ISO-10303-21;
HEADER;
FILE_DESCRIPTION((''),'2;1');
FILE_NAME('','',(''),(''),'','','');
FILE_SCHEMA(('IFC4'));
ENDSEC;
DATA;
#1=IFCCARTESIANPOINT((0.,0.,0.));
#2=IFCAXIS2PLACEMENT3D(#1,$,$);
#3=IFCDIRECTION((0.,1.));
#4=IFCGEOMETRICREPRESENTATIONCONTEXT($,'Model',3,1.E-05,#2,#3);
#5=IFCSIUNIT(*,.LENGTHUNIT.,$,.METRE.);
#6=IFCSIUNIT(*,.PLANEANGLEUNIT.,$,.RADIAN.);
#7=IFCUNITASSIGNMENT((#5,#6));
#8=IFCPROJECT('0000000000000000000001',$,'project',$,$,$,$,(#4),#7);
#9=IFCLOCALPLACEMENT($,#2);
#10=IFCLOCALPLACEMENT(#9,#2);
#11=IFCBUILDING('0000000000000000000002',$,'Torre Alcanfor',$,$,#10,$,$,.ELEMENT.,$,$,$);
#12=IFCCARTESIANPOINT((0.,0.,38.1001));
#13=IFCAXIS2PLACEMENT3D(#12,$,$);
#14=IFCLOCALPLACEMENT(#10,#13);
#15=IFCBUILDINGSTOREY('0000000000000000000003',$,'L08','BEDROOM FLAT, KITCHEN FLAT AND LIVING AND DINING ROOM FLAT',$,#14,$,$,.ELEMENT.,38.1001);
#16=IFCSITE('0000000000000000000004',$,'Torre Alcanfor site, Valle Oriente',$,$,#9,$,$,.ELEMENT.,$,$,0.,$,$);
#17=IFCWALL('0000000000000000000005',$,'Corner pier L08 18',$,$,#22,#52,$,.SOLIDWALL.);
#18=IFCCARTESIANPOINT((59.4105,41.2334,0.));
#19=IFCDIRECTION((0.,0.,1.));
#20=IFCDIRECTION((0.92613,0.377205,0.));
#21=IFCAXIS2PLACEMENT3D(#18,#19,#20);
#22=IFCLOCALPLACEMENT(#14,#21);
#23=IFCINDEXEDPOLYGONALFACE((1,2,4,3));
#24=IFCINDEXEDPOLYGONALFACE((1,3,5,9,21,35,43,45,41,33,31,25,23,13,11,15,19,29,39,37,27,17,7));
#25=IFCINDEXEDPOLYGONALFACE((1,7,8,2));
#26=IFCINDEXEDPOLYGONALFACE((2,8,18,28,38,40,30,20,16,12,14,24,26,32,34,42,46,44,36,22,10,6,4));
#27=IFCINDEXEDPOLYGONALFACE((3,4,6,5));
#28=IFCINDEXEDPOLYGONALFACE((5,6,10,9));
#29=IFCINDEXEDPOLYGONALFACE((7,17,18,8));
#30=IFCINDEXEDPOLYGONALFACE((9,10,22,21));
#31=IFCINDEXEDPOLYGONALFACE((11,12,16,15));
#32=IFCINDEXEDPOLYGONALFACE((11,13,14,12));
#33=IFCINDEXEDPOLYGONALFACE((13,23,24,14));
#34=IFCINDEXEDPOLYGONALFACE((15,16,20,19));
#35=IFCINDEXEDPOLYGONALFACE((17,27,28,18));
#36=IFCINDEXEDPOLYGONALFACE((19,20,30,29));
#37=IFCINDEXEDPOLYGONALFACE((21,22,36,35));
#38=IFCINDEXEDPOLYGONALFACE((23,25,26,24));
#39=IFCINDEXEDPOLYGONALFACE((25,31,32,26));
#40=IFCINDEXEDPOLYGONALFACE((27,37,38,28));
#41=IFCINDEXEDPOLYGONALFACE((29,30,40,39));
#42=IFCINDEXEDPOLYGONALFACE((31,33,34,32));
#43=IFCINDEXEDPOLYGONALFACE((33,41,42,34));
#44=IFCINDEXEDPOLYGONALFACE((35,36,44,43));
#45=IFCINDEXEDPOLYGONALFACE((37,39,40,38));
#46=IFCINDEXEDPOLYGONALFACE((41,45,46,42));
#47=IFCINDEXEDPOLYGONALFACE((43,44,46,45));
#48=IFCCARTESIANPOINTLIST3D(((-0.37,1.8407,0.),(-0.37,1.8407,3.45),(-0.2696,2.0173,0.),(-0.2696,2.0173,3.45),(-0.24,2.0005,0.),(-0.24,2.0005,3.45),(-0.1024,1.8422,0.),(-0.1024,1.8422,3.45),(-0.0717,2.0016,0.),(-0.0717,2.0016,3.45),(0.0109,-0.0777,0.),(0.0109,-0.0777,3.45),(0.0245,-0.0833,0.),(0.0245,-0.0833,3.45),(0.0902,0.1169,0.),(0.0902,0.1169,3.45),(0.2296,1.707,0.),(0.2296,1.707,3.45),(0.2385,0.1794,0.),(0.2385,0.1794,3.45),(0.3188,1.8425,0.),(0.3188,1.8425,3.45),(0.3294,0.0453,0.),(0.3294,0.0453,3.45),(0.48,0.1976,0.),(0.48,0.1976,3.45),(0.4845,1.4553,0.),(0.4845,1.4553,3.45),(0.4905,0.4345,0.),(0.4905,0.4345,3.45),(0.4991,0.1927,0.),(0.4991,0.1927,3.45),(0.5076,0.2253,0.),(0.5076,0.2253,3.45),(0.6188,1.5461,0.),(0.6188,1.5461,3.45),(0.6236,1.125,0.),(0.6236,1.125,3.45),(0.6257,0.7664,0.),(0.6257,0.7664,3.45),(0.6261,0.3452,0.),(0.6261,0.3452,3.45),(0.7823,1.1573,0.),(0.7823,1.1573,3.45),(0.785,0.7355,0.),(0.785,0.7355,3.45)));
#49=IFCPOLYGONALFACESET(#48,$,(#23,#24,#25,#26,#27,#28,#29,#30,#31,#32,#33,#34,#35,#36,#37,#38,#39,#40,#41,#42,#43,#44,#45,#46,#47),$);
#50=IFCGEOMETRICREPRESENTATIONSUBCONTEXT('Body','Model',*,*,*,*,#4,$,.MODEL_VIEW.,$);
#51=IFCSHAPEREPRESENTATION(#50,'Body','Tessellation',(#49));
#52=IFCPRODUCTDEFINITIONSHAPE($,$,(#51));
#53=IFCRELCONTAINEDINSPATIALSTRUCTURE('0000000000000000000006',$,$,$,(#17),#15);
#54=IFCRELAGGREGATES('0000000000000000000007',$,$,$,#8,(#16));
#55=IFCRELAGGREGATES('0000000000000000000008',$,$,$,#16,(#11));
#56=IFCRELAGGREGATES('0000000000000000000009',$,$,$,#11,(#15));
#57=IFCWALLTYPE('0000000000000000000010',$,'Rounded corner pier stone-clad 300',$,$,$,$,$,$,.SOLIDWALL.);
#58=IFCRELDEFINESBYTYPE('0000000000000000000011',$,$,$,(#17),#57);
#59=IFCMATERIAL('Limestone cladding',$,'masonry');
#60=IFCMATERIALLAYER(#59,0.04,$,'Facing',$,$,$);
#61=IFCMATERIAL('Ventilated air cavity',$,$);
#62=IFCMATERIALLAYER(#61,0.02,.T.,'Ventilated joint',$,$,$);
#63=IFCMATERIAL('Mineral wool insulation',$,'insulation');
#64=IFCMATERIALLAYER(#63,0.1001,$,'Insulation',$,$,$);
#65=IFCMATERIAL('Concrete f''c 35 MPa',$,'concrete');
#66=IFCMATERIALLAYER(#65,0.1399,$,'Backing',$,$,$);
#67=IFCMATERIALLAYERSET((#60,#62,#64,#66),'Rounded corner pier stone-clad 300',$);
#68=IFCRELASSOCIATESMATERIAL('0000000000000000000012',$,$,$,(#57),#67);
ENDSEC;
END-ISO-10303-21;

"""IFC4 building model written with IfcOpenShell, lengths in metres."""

from ifc_helpers import new_model, si_unit, direction, frame, origin, place, context, subcontext, project, spatial, polyline, outline, extrude, material, layer, layer_set, type_object, element, save


model = new_model("IFC4")

# Units and contexts
model_context = context("Model", 3, precision=1e-05, world=origin(), true_north=direction((0.0, 1.0)))
body_context = subcontext(model_context, "Body", "Model", "MODEL_VIEW")
ifc_project = project(units=[si_unit("LENGTHUNIT", "METRE"), si_unit("PLANEANGLEUNIT", "RADIAN")], contexts=[model_context])

# Site, building, storey
site_placement = place(None, origin())
site = spatial("IfcSite", under=ifc_project, at=site_placement, Name="Torre Alcanfor site, Valle Oriente", CompositionType="ELEMENT", RefElevation=0.0)
building_placement = place(site_placement, origin())
building = spatial("IfcBuilding", under=site, at=building_placement, Name="Torre Alcanfor", CompositionType="ELEMENT")
storey_placement = place(building_placement, frame((0.0, 0.0, 38.1001)))
storey = spatial("IfcBuildingStorey", under=building, at=storey_placement, Name="L08", Description="BEDROOM FLAT, KITCHEN FLAT AND LIVING AND DINING ROOM FLAT", CompositionType="ELEMENT", Elevation=38.1001)

# Shared definitions
ifc_material_1 = material(Name="Limestone cladding", Category="masonry")
ifc_material_2 = material(Name="Ventilated air cavity")
ifc_material_3 = material(Name="Mineral wool insulation", Category="insulation")
ifc_material_4 = material(Name="Concrete f'c 35 MPa", Category="concrete")

# Wall
ifc_layer_1 = layer(ifc_material_1, 0.04, Name="Facing")
ifc_layer_2 = layer(ifc_material_2, 0.02, ventilated=True, Name="Ventilated joint")
ifc_layer_3 = layer(ifc_material_3, 0.1001, Name="Insulation")
ifc_layer_4 = layer(ifc_material_4, 0.1399, Name="Backing")
ifc_layer_set_1 = layer_set([ifc_layer_1, ifc_layer_2, ifc_layer_3, ifc_layer_4], Name="Rounded corner pier stone-clad 300")
wall_type_1 = type_object("IfcWallType", Name="Rounded corner pier stone-clad 300", PredefinedType="SOLIDWALL", material=ifc_layer_set_1)
wall_1_placement = place(storey_placement, frame((59.4105, 41.2334, 0.0), z_axis=(0.0, 0.0, 1.0), x_axis=(0.92613, 0.377205, 0.0)))
element("IfcWall", 1, at=wall_1_placement, inside=storey, type_object=wall_type_1, Name="Corner pier L08 18", PredefinedType="SOLIDWALL", context=body_context, shape_type="SweptSolid", body=[
    extrude(outline(polyline([(0.6261, 0.3452), (0.785, 0.7355), (0.7823, 1.1573), (0.6188, 1.5461), (0.3188, 1.8425), (-0.0717, 2.0016), (-0.24, 2.0005), (-0.2696, 2.0173), (-0.37, 1.8407), (-0.1024, 1.8422), (0.2296, 1.707), (0.4845, 1.4553), (0.6236, 1.125), (0.6257, 0.7664), (0.4905, 0.4345), (0.2385, 0.1794), (0.0902, 0.1169), (0.0109, -0.0777), (0.0245, -0.0833), (0.3294, 0.0453), (0.48, 0.1976), (0.4991, 0.1927), (0.5076, 0.2253), (0.6261, 0.3452)])), origin(), (0.0, 0.0, 1.0), 3.45),
])

save(model, "model.ifc")
